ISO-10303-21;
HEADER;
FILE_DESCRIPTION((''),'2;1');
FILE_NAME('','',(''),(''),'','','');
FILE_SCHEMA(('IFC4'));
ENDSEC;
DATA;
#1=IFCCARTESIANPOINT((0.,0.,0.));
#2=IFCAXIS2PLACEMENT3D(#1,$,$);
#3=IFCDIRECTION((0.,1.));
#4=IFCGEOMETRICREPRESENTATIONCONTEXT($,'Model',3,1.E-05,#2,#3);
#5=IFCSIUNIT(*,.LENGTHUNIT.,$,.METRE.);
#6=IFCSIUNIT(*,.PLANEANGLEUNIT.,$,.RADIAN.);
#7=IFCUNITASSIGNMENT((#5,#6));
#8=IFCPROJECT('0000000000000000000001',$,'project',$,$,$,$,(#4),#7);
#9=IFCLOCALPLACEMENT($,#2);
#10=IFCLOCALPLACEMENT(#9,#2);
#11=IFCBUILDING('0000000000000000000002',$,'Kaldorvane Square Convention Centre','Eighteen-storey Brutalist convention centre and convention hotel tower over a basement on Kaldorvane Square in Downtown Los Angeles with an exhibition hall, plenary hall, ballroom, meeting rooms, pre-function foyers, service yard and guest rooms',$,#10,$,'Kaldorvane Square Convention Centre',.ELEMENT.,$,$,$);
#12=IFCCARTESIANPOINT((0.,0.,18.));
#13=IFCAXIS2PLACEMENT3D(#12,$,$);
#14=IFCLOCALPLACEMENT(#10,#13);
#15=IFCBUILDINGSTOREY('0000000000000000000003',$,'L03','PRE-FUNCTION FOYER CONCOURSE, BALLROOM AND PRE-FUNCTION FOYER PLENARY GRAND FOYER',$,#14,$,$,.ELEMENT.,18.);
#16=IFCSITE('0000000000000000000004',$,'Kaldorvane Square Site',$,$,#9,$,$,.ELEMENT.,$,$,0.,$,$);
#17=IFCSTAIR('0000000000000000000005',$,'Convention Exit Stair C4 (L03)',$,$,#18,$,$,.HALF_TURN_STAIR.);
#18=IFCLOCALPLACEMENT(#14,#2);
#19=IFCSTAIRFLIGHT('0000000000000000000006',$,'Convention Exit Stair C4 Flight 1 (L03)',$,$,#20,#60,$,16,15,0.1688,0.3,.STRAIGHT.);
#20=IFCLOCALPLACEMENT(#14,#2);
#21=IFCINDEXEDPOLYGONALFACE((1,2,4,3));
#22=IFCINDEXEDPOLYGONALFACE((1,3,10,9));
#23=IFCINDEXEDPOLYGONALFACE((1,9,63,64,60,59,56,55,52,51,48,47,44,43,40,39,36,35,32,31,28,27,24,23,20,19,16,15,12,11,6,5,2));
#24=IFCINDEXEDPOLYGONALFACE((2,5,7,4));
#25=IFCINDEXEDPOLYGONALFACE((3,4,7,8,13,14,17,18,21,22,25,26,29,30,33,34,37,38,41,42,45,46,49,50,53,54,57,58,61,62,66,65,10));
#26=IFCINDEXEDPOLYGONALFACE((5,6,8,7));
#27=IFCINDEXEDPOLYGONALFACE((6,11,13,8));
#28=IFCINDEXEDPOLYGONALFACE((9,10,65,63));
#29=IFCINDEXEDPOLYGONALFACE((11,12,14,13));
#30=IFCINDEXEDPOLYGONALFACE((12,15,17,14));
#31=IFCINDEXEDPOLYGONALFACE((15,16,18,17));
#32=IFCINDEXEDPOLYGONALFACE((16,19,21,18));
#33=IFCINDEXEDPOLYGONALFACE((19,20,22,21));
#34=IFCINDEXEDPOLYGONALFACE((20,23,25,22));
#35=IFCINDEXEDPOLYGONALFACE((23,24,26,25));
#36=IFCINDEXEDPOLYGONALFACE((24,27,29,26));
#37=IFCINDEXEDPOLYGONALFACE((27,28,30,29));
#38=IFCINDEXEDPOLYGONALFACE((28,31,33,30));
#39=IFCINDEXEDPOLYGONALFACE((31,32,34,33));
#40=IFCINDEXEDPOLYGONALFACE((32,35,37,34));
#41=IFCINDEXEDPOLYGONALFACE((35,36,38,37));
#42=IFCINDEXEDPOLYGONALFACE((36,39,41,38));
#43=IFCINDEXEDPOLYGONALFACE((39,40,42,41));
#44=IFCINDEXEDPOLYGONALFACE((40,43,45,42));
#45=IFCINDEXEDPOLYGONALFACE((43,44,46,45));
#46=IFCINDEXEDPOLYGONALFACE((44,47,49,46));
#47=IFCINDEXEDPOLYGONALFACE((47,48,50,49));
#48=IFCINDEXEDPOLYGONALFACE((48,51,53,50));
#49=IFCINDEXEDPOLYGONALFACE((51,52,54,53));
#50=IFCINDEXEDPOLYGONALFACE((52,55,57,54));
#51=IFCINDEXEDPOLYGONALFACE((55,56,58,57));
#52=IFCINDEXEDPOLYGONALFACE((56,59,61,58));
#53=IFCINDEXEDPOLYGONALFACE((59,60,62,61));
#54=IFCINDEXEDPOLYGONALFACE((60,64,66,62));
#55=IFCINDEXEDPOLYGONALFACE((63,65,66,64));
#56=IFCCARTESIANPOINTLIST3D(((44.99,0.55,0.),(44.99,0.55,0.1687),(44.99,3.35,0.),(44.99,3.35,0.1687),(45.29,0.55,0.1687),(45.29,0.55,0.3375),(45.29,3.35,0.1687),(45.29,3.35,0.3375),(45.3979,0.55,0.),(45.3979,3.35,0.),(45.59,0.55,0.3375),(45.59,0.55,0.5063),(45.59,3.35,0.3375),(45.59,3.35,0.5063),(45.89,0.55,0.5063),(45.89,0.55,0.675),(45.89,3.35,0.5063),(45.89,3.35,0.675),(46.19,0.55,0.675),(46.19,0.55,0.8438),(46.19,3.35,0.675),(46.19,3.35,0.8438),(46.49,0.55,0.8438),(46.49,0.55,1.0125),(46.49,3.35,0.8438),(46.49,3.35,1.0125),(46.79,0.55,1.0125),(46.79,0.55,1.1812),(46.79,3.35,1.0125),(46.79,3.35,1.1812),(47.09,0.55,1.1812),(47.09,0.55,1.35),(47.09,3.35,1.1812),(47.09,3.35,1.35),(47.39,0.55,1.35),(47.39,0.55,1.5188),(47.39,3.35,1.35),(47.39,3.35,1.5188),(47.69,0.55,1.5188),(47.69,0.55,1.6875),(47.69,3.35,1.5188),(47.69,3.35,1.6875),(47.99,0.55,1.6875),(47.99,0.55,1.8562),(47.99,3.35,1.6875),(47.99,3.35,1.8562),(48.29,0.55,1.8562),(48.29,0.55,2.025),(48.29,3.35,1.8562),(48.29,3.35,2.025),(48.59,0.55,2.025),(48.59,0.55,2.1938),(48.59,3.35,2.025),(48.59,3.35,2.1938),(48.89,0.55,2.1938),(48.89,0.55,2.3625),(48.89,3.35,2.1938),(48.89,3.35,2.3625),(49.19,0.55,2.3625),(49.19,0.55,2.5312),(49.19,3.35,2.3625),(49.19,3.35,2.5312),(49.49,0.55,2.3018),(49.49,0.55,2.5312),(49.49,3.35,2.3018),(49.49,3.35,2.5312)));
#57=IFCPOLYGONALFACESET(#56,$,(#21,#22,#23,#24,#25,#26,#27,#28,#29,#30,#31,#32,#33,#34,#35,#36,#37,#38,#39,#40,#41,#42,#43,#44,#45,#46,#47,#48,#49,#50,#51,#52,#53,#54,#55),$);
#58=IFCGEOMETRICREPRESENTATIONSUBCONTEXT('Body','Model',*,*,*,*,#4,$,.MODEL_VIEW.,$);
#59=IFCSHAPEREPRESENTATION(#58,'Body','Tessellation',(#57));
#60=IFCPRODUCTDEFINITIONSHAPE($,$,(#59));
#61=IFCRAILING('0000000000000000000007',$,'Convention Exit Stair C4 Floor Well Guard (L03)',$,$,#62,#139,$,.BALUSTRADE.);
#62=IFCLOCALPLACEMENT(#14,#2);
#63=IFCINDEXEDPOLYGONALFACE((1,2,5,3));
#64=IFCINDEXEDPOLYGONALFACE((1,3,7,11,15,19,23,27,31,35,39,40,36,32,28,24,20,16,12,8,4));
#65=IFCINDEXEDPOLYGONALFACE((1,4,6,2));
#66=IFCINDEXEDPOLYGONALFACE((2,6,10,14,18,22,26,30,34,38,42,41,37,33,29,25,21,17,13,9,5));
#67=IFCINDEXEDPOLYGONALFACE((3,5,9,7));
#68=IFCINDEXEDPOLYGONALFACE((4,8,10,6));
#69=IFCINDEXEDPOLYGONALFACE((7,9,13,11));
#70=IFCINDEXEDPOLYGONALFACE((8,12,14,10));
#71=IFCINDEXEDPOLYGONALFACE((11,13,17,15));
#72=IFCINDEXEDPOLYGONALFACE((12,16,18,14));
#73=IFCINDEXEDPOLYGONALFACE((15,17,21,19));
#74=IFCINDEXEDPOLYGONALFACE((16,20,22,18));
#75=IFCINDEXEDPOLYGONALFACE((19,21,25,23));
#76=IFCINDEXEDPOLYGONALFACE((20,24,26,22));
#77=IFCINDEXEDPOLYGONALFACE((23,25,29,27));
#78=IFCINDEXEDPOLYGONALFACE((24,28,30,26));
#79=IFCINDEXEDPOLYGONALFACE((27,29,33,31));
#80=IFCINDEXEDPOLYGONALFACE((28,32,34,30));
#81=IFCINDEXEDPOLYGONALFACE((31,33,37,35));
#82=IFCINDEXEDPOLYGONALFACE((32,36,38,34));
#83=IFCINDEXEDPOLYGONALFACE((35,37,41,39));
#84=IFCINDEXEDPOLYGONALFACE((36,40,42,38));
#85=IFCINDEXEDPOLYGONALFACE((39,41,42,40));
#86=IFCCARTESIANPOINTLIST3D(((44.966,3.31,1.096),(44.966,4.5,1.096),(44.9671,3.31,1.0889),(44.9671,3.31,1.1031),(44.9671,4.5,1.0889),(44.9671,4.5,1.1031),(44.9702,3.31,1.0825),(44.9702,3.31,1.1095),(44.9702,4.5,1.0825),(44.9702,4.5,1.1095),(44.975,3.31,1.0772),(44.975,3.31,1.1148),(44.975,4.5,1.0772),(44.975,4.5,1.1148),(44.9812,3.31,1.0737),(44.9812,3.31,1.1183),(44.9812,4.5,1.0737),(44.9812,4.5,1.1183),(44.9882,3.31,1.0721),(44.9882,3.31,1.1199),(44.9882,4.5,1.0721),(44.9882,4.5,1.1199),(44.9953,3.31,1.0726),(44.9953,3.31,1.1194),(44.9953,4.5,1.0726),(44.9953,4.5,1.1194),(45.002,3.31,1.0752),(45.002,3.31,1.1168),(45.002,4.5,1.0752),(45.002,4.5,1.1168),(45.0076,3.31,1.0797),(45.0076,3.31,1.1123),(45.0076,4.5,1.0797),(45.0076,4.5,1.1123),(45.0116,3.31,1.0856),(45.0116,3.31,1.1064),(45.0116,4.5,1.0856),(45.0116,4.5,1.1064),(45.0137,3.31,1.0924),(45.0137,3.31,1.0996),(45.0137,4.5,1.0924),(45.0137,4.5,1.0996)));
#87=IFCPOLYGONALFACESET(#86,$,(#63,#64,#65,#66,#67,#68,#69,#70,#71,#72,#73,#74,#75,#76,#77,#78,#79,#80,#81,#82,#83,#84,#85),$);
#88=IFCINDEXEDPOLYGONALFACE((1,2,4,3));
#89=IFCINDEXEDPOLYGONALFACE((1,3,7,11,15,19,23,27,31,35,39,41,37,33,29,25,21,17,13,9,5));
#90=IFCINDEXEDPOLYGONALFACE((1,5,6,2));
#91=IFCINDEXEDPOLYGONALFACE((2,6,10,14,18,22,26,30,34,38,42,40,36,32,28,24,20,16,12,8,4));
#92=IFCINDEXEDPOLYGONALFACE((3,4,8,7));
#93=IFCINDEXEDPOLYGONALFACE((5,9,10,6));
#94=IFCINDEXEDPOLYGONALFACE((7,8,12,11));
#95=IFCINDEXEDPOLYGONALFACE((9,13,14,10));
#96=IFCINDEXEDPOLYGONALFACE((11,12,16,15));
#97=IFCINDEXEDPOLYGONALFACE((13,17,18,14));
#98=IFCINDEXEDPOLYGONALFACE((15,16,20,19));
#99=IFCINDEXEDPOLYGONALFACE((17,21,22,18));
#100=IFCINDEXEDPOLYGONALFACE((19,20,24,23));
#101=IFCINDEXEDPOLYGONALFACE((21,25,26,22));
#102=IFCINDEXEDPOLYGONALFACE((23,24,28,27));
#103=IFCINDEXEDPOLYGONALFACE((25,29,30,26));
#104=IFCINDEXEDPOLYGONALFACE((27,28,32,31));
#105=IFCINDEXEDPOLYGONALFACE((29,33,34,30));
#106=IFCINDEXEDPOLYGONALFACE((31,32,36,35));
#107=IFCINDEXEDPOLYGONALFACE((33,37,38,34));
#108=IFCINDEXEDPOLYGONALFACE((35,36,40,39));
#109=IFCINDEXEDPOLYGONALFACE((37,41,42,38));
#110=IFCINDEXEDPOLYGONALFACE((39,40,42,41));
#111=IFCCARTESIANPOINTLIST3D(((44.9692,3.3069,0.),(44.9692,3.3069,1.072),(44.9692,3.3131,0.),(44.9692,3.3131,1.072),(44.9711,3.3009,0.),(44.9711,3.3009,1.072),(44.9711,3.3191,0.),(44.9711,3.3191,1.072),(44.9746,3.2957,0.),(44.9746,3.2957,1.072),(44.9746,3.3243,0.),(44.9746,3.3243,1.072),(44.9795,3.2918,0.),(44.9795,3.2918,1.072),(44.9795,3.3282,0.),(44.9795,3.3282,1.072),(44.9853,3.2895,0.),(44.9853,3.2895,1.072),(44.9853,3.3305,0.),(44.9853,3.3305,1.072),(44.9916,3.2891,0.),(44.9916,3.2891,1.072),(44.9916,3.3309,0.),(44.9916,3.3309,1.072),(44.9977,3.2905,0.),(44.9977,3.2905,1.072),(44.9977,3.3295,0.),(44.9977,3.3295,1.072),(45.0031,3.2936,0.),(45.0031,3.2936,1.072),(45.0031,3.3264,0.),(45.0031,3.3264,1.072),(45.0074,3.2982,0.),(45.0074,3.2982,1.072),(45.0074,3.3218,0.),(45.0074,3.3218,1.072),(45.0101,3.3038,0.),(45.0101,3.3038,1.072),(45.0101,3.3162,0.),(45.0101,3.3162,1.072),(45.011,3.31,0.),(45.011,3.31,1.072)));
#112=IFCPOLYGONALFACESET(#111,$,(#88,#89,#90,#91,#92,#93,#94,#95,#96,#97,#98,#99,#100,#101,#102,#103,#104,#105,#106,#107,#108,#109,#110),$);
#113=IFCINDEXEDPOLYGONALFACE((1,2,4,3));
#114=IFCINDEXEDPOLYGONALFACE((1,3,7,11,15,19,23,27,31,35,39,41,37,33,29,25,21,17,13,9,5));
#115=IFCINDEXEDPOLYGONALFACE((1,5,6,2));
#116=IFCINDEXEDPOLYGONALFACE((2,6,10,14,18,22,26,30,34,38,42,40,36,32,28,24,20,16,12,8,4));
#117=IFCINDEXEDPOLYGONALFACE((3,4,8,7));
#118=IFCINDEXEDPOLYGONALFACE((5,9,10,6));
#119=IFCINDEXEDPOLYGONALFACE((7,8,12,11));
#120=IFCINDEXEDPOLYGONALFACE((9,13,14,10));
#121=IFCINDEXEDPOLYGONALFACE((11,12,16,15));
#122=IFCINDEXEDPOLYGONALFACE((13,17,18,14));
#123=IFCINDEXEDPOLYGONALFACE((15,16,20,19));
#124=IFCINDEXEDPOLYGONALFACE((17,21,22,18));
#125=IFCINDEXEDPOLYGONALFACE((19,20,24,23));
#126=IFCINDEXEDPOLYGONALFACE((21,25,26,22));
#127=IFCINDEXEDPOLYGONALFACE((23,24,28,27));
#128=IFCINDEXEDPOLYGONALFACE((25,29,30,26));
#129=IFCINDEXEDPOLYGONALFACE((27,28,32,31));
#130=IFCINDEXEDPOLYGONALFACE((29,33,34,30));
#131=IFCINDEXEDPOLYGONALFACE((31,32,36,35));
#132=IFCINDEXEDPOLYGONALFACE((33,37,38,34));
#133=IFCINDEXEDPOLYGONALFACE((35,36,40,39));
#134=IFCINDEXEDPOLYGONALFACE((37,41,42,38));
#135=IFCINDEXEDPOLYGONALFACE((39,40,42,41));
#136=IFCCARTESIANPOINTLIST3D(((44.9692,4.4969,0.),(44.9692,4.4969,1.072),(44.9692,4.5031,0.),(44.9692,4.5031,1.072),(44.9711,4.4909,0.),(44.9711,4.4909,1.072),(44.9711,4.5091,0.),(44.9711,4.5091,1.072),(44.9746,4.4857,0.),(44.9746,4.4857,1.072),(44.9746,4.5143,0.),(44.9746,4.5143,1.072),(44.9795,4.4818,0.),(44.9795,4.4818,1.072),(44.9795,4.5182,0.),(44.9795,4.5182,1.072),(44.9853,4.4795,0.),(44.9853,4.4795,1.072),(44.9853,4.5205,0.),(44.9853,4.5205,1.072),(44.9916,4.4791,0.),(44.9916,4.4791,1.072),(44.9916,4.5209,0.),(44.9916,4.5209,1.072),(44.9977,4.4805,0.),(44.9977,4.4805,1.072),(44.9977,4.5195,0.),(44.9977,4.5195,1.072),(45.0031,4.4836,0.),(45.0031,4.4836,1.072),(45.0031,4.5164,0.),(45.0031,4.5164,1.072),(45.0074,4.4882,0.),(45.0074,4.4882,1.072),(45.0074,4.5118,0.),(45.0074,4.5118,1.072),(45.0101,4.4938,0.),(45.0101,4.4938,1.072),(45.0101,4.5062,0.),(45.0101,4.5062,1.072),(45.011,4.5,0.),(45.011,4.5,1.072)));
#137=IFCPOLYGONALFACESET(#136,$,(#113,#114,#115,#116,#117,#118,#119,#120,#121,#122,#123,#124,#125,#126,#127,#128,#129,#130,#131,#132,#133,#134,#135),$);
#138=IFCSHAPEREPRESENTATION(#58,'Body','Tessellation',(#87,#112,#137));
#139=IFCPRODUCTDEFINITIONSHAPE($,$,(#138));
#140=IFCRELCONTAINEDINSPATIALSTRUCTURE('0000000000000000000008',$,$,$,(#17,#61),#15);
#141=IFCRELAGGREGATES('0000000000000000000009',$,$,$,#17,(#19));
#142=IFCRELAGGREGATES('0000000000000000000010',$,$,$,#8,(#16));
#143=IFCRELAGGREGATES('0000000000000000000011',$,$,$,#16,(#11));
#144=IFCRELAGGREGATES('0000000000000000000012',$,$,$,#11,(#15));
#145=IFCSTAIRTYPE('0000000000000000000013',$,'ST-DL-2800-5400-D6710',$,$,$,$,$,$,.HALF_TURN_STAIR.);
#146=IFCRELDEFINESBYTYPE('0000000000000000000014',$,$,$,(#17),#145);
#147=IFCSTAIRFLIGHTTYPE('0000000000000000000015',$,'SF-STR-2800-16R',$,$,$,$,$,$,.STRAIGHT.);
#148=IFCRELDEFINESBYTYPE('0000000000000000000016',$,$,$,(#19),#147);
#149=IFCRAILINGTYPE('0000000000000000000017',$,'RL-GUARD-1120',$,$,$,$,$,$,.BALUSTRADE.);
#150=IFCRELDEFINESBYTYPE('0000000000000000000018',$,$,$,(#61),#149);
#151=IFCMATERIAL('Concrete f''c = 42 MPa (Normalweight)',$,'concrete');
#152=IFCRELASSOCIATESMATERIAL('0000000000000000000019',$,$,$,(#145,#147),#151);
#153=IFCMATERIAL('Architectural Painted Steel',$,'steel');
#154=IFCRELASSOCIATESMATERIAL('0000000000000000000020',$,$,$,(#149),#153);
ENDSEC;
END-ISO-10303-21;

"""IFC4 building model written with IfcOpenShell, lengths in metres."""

from ifc_helpers import new_model, si_unit, direction, frame, origin, origin_2d, place, context, subcontext, project, spatial, polyline, circle, outline, extrude, material, type_object, element, aggregate, save


model = new_model("IFC4")

# Units and contexts
model_context = context("Model", 3, precision=1e-05, world=origin(), true_north=direction((0.0, 1.0)))
body_context = subcontext(model_context, "Body", "Model", "MODEL_VIEW")
ifc_project = project(units=[si_unit("LENGTHUNIT", "METRE"), si_unit("PLANEANGLEUNIT", "RADIAN")], contexts=[model_context])

# Site, building, storey
site_placement = place(None, origin())
site = spatial("IfcSite", under=ifc_project, at=site_placement, Name="Kaldorvane Square Site", CompositionType="ELEMENT", RefElevation=0.0)
building_placement = place(site_placement, origin())
building = spatial("IfcBuilding", under=site, at=building_placement, Name="Kaldorvane Square Convention Centre", Description="Eighteen-storey Brutalist convention centre and convention hotel tower over a basement on Kaldorvane Square in Downtown Los Angeles with an exhibition hall, plenary hall, ballroom, meeting rooms, pre-function foyers, service yard and guest rooms", LongName="Kaldorvane Square Convention Centre", CompositionType="ELEMENT")
storey_placement = place(building_placement, frame((0.0, 0.0, 18.0)))
storey = spatial("IfcBuildingStorey", under=building, at=storey_placement, Name="L03", Description="PRE-FUNCTION FOYER CONCOURSE, BALLROOM AND PRE-FUNCTION FOYER PLENARY GRAND FOYER", CompositionType="ELEMENT", Elevation=18.0)

# Stair, stair flight
ifc_material_1 = material(Name="Concrete f'c = 42 MPa (Normalweight)", Category="concrete")
stair_type = type_object("IfcStairType", Name="ST-DL-2800-5400-D6710", PredefinedType="HALF_TURN_STAIR", material=ifc_material_1)
stair_placement = place(storey_placement, origin())
stair = element("IfcStair", 1, at=stair_placement, inside=storey, type_object=stair_type, Name="Convention Exit Stair C4 (L03)", PredefinedType="HALF_TURN_STAIR")
stair_flight_type = type_object("IfcStairFlightType", Name="SF-STR-2800-16R", PredefinedType="STRAIGHT", material=ifc_material_1)
stair_flight_placement = place(storey_placement, frame((44.99, 1.95, 0.0), z_axis=(0.0, 0.0, 1.0), x_axis=(1.0, 0.0, 0.0)))
stair_flight = element("IfcStairFlight", 2, at=stair_flight_placement, type_object=stair_flight_type, Name="Convention Exit Stair C4 Flight 1 (L03)", NumberOfRisers=16, NumberOfTreads=15, PredefinedType="STRAIGHT", RiserHeight=0.1688, TreadLength=0.3, context=body_context, shape_type="SweptSolid", body=[
    extrude(outline(polyline([(0.0, 0.0), (0.0, 0.1687), (0.3, 0.1687), (0.3, 0.3375), (0.6, 0.3375), (0.6, 0.5063), (0.9, 0.5063), (0.9, 0.675), (1.2, 0.675), (1.2, 0.8438), (1.5, 0.8438), (1.5, 1.0125), (1.8, 1.0125), (1.8, 1.1812), (2.1, 1.1812), (2.1, 1.35), (2.4, 1.35), (2.4, 1.5188), (2.7, 1.5188), (2.7, 1.6875), (3.0, 1.6875), (3.0, 1.8562), (3.3, 1.8562), (3.3, 2.025), (3.6, 2.025), (3.6, 2.1938), (3.9, 2.1938), (3.9, 2.3625), (4.2, 2.3625), (4.2, 2.5312), (4.5, 2.5312), (4.5, 2.7), (4.5, 2.3018), (0.4079, 0.0), (0.0, 0.0)])), frame((0.0, 1.4, 0.0), z_axis=(0.0, -1.0, 0.0), x_axis=(1.0, 0.0, 0.0)), (0.0, 0.0, 1.0), 2.8),
])
aggregate(stair, [stair_flight])

# Railing
ifc_material_2 = material(Name="Architectural Painted Steel", Category="steel")
railing_type_1 = type_object("IfcRailingType", Name="RL-GUARD-1120", PredefinedType="BALUSTRADE", material=ifc_material_2)
for number, where, name in (
    (3, (44.99, 3.31, 0.0), "Convention Exit Stair C4 Floor Well Guard (L03)"),
):
    element("IfcRailing", number, at=place(storey_placement, frame(where)), inside=storey, type_object=railing_type_1, Name=name, PredefinedType="BALUSTRADE", context=body_context, shape_type="SweptSolid", body=[
        extrude(circle(Radius=0.024, at=origin_2d()), frame((0.0, 0.0, 1.096), z_axis=(0.0, 1.0, 0.0), x_axis=(-1.0, 0.0, 0.0)), (0.0, 0.0, 1.0), 1.19),
        extrude(circle(Radius=0.021, at=origin_2d()), origin(), (0.0, 0.0, 1.0), 1.072),
        extrude(circle(Radius=0.021, at=origin_2d()), frame((0.0, 1.19, 0.0)), (0.0, 0.0, 1.0), 1.072),
    ])

save(model, "model.ifc")
